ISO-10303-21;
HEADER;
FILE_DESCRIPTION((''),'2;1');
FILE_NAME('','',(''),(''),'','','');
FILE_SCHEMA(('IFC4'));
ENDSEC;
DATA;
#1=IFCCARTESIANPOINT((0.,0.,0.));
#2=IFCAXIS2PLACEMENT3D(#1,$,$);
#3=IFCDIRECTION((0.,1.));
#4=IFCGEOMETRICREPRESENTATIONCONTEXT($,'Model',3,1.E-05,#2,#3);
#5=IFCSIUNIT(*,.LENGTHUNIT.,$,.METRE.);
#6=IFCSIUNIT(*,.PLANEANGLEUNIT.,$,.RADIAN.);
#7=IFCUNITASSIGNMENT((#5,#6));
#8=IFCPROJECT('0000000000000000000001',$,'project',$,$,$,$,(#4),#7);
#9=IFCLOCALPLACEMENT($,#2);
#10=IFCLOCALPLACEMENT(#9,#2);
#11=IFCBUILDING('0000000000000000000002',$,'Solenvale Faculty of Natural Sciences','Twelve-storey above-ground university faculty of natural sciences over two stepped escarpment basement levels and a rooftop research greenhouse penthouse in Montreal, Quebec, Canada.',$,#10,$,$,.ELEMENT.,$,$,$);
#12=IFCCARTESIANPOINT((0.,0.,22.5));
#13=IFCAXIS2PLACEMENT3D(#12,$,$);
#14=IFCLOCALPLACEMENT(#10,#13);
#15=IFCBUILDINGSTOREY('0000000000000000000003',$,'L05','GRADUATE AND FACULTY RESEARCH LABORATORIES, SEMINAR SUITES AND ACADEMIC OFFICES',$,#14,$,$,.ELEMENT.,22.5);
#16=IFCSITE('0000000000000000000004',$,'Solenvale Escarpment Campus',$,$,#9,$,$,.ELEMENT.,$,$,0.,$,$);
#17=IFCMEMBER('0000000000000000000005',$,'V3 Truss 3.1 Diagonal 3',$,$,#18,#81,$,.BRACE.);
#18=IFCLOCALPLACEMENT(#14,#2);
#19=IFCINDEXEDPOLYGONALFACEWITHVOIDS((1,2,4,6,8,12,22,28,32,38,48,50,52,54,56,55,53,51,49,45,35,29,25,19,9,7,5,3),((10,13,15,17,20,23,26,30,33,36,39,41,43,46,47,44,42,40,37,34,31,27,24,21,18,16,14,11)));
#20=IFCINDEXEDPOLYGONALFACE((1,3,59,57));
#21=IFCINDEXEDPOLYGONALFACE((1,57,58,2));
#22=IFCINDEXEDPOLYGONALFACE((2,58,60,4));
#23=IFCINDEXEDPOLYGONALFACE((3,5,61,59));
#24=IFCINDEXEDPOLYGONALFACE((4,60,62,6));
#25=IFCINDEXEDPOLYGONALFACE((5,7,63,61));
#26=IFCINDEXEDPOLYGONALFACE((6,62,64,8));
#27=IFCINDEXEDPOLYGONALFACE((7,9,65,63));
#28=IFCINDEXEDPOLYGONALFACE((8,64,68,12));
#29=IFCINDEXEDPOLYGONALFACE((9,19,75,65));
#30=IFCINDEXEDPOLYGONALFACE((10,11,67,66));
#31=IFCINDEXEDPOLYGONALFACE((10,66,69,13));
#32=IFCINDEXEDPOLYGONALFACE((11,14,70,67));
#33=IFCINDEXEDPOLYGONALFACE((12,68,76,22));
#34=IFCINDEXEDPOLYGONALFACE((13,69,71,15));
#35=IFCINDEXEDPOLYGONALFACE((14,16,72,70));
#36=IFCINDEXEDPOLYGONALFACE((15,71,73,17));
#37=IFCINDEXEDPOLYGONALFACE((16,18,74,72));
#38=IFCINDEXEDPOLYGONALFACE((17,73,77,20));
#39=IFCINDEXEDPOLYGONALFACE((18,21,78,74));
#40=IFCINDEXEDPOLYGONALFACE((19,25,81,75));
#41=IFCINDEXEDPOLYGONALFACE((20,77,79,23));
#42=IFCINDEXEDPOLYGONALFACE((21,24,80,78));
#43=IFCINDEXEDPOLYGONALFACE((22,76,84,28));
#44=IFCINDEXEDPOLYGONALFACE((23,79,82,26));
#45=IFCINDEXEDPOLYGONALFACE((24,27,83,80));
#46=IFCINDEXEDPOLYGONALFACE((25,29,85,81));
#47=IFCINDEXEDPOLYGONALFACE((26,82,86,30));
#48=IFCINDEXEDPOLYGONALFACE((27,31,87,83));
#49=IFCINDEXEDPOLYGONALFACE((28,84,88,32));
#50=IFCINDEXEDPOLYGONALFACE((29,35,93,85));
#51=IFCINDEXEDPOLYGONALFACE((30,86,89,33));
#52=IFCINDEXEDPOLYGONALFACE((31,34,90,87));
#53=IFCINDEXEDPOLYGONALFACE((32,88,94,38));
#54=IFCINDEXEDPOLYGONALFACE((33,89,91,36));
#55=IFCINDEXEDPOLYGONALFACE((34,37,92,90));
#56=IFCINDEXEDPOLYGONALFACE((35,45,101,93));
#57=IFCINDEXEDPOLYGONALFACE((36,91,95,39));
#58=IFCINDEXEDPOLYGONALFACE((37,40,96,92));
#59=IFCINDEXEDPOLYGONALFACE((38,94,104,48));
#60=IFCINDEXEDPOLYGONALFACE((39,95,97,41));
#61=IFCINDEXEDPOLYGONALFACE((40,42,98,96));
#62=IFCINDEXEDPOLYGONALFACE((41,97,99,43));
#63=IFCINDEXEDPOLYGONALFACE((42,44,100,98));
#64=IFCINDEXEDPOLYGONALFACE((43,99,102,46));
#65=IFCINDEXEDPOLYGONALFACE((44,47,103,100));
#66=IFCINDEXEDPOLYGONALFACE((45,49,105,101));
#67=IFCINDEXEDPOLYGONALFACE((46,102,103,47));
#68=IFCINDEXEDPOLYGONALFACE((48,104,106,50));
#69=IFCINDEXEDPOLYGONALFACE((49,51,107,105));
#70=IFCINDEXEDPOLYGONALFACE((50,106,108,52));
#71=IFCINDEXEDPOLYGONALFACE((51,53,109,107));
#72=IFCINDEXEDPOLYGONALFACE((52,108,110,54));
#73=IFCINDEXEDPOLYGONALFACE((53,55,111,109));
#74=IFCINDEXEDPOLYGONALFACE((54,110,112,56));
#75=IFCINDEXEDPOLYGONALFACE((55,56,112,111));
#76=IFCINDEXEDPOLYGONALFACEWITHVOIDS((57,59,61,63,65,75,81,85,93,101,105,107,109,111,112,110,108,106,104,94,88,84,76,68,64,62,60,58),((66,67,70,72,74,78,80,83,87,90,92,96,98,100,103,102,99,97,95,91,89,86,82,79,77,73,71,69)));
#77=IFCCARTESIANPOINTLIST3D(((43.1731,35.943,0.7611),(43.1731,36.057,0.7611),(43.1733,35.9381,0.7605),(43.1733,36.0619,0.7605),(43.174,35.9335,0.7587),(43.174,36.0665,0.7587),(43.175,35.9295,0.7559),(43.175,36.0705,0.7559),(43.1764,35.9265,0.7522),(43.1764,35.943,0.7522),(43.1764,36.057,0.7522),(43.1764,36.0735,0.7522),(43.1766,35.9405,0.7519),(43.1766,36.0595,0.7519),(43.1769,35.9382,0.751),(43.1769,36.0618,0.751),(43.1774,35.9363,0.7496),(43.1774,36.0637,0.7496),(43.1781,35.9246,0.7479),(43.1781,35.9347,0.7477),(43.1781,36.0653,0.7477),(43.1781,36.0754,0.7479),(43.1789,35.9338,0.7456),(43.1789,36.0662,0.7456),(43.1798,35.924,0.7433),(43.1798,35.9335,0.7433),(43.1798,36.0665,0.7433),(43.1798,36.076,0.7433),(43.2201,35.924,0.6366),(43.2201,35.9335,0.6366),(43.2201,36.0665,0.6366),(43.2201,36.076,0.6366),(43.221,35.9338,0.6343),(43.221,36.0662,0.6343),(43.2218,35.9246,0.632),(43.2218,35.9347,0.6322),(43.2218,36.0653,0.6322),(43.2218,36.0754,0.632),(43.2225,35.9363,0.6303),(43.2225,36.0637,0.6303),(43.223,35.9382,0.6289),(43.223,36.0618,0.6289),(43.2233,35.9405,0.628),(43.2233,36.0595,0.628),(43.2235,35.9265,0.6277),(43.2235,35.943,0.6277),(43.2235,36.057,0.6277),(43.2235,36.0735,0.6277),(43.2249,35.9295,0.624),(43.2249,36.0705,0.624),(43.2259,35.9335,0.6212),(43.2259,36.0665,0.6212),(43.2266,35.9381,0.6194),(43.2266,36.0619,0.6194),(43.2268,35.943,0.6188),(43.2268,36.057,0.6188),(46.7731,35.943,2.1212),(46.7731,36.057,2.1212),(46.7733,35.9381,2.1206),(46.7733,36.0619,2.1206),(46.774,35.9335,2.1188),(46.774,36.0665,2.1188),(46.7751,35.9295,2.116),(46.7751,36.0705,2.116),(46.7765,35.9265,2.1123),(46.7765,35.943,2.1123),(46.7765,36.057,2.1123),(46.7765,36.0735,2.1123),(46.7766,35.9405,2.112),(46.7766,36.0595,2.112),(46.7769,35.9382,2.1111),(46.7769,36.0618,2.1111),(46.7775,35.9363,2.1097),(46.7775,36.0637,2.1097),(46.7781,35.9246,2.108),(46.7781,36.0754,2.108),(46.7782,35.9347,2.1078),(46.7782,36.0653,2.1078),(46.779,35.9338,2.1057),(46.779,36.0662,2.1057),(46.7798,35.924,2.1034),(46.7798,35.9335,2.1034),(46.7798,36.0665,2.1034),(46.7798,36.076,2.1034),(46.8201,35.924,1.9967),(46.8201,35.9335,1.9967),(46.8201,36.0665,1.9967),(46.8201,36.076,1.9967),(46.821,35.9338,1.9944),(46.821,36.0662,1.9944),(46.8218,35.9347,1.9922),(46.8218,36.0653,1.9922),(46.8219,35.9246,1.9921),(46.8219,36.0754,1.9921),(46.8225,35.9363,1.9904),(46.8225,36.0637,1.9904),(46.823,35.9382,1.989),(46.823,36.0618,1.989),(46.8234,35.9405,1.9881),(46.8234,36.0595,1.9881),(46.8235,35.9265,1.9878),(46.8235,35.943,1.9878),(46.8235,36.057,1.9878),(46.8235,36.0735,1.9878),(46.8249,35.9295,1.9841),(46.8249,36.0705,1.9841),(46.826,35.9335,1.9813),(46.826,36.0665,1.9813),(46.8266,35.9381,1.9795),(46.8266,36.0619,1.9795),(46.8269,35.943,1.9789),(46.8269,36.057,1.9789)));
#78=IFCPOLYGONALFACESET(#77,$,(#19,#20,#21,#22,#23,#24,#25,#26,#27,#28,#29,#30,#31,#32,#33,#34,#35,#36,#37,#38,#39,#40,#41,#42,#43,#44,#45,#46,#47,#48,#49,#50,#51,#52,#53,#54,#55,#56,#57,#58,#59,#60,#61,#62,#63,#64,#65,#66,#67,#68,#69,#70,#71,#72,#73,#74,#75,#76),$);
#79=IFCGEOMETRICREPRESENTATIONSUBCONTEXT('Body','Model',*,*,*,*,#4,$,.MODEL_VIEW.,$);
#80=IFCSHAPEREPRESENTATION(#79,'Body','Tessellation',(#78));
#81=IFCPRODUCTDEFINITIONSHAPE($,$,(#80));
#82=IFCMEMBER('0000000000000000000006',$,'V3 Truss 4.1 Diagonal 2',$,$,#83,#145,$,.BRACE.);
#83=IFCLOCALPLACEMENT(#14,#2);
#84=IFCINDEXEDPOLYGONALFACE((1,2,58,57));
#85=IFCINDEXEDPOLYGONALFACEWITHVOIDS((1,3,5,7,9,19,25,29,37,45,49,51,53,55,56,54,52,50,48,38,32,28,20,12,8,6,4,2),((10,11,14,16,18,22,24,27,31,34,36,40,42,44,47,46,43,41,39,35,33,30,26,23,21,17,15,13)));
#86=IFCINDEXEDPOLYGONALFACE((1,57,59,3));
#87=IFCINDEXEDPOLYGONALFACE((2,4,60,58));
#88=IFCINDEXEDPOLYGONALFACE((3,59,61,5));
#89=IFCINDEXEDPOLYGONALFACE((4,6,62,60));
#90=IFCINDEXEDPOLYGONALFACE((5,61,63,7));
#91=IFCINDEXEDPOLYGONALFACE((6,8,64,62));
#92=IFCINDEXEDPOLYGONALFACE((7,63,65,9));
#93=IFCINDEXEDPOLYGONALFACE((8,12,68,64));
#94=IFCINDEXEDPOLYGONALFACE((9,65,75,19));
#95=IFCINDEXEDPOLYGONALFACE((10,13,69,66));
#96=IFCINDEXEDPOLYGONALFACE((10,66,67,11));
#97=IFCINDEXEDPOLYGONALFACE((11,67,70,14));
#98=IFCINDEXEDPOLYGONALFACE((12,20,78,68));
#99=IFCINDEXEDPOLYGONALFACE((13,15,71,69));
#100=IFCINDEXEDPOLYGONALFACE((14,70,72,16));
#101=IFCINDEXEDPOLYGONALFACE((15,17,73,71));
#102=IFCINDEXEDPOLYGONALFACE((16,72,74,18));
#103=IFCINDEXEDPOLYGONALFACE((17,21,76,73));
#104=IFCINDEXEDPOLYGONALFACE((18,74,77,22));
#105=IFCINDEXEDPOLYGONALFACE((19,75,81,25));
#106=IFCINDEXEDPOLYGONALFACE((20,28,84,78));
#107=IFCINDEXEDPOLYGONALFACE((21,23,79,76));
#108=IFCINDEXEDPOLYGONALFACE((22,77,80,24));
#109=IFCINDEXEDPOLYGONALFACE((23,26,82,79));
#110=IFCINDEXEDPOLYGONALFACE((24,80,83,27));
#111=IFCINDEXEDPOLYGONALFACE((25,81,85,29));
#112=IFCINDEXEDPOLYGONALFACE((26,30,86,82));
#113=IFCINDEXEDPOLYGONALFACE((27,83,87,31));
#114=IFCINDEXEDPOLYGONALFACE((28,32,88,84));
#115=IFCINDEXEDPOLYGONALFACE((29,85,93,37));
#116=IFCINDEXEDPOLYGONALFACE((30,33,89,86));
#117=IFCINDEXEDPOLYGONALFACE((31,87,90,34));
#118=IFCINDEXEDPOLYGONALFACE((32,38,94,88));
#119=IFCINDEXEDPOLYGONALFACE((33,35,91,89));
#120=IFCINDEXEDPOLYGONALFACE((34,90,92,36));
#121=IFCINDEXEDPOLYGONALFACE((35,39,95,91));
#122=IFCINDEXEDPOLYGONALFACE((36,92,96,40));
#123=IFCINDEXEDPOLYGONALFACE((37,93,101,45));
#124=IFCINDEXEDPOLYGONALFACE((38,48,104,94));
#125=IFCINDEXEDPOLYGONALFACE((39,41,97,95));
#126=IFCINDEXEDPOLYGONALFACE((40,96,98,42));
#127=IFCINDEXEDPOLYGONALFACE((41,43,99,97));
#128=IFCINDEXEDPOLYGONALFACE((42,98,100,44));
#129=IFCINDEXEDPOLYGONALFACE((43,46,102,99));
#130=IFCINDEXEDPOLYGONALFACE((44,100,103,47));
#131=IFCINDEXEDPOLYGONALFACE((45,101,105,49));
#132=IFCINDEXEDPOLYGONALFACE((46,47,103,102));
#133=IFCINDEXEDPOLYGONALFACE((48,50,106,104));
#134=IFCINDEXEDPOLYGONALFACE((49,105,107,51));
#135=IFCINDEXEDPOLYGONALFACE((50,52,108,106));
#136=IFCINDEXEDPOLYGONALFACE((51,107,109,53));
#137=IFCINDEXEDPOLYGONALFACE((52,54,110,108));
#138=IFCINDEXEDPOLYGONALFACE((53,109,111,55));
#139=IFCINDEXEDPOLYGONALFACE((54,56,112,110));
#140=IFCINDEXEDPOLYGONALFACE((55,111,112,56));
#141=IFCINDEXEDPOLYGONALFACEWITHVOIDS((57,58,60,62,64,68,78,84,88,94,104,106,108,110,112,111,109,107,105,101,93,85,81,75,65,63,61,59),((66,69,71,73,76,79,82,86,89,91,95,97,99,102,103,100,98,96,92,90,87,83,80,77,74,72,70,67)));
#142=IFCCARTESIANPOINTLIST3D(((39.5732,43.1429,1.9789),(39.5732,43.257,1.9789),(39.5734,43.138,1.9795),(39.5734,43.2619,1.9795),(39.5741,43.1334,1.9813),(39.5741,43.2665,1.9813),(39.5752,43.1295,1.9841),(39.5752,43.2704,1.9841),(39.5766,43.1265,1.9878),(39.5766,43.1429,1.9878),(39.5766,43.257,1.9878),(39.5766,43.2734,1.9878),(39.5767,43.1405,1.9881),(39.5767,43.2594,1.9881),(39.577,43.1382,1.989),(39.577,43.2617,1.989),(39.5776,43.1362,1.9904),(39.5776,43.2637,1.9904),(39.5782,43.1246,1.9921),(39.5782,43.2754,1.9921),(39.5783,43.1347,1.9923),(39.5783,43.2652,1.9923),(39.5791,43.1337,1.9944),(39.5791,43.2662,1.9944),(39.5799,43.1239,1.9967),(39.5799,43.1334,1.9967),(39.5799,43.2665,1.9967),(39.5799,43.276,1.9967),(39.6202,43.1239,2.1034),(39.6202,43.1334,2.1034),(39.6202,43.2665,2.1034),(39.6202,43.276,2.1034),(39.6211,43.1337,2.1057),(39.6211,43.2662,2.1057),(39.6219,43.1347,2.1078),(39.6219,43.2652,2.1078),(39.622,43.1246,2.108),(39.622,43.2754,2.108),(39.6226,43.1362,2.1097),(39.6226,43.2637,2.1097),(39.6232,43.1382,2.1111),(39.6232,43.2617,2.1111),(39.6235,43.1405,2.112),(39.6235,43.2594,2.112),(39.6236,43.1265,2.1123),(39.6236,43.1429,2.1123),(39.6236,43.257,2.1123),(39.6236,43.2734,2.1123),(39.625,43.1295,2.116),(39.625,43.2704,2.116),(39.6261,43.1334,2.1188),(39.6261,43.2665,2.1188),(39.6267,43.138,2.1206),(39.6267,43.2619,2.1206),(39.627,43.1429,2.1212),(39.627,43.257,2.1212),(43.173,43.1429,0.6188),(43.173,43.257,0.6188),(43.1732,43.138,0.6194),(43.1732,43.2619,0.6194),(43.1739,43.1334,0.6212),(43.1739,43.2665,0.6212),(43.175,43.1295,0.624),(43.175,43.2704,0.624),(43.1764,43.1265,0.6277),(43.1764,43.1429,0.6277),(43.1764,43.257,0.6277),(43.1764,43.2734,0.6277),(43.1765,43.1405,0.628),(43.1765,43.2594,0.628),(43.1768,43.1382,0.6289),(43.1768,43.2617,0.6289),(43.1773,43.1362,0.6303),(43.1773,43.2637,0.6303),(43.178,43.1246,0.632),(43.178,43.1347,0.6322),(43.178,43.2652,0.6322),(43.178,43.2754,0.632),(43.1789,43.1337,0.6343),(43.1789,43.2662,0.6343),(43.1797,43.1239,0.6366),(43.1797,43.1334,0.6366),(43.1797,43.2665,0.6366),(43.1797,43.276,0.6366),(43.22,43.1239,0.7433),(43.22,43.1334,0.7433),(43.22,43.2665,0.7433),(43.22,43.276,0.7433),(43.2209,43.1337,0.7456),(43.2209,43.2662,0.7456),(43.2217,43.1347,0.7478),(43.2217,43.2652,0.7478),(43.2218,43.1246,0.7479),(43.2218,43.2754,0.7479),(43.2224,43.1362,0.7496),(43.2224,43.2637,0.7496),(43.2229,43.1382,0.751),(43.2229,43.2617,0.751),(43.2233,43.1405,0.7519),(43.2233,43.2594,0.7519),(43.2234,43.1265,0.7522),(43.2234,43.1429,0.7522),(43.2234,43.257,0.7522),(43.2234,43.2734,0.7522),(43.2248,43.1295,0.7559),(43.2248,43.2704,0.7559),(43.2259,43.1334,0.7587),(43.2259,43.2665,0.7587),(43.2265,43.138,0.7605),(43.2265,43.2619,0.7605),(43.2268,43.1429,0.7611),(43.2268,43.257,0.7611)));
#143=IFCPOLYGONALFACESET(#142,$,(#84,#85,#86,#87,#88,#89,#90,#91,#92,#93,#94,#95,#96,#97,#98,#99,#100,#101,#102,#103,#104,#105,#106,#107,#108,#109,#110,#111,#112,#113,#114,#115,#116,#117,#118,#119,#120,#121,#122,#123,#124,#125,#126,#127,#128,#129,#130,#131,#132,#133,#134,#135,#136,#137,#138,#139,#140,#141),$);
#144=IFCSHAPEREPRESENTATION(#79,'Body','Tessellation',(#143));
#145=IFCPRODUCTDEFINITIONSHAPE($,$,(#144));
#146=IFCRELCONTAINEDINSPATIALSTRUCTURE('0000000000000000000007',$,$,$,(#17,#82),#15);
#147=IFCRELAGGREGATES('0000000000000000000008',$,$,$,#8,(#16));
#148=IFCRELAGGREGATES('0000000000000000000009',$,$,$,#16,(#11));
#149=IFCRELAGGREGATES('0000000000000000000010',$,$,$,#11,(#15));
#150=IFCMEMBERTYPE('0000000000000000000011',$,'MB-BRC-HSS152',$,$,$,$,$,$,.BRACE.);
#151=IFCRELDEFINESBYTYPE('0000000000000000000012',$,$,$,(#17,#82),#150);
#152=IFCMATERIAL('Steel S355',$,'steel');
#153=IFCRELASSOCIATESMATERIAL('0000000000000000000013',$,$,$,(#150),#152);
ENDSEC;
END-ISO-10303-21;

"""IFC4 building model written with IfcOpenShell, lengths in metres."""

from ifc_helpers import new_model, si_unit, direction, frame, origin, origin_2d, place, context, subcontext, project, spatial, hollow_rectangle, extrude, material, material_profile, profile_set, type_object, element, save


model = new_model("IFC4")

# Units and contexts
model_context = context("Model", 3, precision=1e-05, world=origin(), true_north=direction((0.0, 1.0)))
body_context = subcontext(model_context, "Body", "Model", "MODEL_VIEW")
ifc_project = project(units=[si_unit("LENGTHUNIT", "METRE"), si_unit("PLANEANGLEUNIT", "RADIAN")], contexts=[model_context])

# Site, building, storey
site_placement = place(None, origin())
site = spatial("IfcSite", under=ifc_project, at=site_placement, Name="Solenvale Escarpment Campus", CompositionType="ELEMENT", RefElevation=0.0)
building_placement = place(site_placement, origin())
building = spatial("IfcBuilding", under=site, at=building_placement, Name="Solenvale Faculty of Natural Sciences", Description="Twelve-storey above-ground university faculty of natural sciences over two stepped escarpment basement levels and a rooftop research greenhouse penthouse in Montreal, Quebec, Canada.", CompositionType="ELEMENT")
storey_placement = place(building_placement, frame((0.0, 0.0, 22.5)))
storey = spatial("IfcBuildingStorey", under=building, at=storey_placement, Name="L05", Description="GRADUATE AND FACULTY RESEARCH LABORATORIES, SEMINAR SUITES AND ACADEMIC OFFICES", CompositionType="ELEMENT", Elevation=22.5)

# Members
ifc_material_1 = material(Name="Steel S355", Category="steel")
ifc_material_profile_1 = material_profile(ifc_material_1, hollow_rectangle(XDim=0.1521, YDim=0.1521, WallThickness=0.0095, InnerFilletRadius=0.0095, OuterFilletRadius=0.019, at=origin_2d()), Name="HSS152x152x9.5")
ifc_profile_set_1 = profile_set([ifc_material_profile_1], Name="Steel S355")
member_type_1 = type_object("IfcMemberType", Name="MB-BRC-HSS152", PredefinedType="BRACE", material=ifc_profile_set_1)
member_1_placement = place(storey_placement, frame((43.2, 36.0, 0.6899), z_axis=(0.935466, 0.0, 0.353417), x_axis=(0.0, 1.0, 0.0)))
element("IfcMember", 1, at=member_1_placement, inside=storey, type_object=member_type_1, Name="V3 Truss 3.1 Diagonal 3", PredefinedType="BRACE", context=body_context, shape_type="SweptSolid", body=[
    extrude(hollow_rectangle(XDim=0.1521, YDim=0.1521, WallThickness=0.0095, InnerFilletRadius=0.0095, OuterFilletRadius=0.019, at=origin_2d()), origin(), (0.0, 0.0, 1.0), 3.8484),
])
member_2_placement = place(storey_placement, frame((39.6001, 43.2, 2.05), z_axis=(0.935458, 0.0, -0.353438), x_axis=(0.0, 1.0, 0.0)))
element("IfcMember", 2, at=member_2_placement, inside=storey, type_object=member_type_1, Name="V3 Truss 4.1 Diagonal 2", PredefinedType="BRACE", context=body_context, shape_type="SweptSolid", body=[
    extrude(hollow_rectangle(XDim=0.1521, YDim=0.1521, WallThickness=0.0095, InnerFilletRadius=0.0095, OuterFilletRadius=0.019, at=origin_2d()), origin(), (0.0, 0.0, 1.0), 3.8481),
])

save(model, "model.ifc")
